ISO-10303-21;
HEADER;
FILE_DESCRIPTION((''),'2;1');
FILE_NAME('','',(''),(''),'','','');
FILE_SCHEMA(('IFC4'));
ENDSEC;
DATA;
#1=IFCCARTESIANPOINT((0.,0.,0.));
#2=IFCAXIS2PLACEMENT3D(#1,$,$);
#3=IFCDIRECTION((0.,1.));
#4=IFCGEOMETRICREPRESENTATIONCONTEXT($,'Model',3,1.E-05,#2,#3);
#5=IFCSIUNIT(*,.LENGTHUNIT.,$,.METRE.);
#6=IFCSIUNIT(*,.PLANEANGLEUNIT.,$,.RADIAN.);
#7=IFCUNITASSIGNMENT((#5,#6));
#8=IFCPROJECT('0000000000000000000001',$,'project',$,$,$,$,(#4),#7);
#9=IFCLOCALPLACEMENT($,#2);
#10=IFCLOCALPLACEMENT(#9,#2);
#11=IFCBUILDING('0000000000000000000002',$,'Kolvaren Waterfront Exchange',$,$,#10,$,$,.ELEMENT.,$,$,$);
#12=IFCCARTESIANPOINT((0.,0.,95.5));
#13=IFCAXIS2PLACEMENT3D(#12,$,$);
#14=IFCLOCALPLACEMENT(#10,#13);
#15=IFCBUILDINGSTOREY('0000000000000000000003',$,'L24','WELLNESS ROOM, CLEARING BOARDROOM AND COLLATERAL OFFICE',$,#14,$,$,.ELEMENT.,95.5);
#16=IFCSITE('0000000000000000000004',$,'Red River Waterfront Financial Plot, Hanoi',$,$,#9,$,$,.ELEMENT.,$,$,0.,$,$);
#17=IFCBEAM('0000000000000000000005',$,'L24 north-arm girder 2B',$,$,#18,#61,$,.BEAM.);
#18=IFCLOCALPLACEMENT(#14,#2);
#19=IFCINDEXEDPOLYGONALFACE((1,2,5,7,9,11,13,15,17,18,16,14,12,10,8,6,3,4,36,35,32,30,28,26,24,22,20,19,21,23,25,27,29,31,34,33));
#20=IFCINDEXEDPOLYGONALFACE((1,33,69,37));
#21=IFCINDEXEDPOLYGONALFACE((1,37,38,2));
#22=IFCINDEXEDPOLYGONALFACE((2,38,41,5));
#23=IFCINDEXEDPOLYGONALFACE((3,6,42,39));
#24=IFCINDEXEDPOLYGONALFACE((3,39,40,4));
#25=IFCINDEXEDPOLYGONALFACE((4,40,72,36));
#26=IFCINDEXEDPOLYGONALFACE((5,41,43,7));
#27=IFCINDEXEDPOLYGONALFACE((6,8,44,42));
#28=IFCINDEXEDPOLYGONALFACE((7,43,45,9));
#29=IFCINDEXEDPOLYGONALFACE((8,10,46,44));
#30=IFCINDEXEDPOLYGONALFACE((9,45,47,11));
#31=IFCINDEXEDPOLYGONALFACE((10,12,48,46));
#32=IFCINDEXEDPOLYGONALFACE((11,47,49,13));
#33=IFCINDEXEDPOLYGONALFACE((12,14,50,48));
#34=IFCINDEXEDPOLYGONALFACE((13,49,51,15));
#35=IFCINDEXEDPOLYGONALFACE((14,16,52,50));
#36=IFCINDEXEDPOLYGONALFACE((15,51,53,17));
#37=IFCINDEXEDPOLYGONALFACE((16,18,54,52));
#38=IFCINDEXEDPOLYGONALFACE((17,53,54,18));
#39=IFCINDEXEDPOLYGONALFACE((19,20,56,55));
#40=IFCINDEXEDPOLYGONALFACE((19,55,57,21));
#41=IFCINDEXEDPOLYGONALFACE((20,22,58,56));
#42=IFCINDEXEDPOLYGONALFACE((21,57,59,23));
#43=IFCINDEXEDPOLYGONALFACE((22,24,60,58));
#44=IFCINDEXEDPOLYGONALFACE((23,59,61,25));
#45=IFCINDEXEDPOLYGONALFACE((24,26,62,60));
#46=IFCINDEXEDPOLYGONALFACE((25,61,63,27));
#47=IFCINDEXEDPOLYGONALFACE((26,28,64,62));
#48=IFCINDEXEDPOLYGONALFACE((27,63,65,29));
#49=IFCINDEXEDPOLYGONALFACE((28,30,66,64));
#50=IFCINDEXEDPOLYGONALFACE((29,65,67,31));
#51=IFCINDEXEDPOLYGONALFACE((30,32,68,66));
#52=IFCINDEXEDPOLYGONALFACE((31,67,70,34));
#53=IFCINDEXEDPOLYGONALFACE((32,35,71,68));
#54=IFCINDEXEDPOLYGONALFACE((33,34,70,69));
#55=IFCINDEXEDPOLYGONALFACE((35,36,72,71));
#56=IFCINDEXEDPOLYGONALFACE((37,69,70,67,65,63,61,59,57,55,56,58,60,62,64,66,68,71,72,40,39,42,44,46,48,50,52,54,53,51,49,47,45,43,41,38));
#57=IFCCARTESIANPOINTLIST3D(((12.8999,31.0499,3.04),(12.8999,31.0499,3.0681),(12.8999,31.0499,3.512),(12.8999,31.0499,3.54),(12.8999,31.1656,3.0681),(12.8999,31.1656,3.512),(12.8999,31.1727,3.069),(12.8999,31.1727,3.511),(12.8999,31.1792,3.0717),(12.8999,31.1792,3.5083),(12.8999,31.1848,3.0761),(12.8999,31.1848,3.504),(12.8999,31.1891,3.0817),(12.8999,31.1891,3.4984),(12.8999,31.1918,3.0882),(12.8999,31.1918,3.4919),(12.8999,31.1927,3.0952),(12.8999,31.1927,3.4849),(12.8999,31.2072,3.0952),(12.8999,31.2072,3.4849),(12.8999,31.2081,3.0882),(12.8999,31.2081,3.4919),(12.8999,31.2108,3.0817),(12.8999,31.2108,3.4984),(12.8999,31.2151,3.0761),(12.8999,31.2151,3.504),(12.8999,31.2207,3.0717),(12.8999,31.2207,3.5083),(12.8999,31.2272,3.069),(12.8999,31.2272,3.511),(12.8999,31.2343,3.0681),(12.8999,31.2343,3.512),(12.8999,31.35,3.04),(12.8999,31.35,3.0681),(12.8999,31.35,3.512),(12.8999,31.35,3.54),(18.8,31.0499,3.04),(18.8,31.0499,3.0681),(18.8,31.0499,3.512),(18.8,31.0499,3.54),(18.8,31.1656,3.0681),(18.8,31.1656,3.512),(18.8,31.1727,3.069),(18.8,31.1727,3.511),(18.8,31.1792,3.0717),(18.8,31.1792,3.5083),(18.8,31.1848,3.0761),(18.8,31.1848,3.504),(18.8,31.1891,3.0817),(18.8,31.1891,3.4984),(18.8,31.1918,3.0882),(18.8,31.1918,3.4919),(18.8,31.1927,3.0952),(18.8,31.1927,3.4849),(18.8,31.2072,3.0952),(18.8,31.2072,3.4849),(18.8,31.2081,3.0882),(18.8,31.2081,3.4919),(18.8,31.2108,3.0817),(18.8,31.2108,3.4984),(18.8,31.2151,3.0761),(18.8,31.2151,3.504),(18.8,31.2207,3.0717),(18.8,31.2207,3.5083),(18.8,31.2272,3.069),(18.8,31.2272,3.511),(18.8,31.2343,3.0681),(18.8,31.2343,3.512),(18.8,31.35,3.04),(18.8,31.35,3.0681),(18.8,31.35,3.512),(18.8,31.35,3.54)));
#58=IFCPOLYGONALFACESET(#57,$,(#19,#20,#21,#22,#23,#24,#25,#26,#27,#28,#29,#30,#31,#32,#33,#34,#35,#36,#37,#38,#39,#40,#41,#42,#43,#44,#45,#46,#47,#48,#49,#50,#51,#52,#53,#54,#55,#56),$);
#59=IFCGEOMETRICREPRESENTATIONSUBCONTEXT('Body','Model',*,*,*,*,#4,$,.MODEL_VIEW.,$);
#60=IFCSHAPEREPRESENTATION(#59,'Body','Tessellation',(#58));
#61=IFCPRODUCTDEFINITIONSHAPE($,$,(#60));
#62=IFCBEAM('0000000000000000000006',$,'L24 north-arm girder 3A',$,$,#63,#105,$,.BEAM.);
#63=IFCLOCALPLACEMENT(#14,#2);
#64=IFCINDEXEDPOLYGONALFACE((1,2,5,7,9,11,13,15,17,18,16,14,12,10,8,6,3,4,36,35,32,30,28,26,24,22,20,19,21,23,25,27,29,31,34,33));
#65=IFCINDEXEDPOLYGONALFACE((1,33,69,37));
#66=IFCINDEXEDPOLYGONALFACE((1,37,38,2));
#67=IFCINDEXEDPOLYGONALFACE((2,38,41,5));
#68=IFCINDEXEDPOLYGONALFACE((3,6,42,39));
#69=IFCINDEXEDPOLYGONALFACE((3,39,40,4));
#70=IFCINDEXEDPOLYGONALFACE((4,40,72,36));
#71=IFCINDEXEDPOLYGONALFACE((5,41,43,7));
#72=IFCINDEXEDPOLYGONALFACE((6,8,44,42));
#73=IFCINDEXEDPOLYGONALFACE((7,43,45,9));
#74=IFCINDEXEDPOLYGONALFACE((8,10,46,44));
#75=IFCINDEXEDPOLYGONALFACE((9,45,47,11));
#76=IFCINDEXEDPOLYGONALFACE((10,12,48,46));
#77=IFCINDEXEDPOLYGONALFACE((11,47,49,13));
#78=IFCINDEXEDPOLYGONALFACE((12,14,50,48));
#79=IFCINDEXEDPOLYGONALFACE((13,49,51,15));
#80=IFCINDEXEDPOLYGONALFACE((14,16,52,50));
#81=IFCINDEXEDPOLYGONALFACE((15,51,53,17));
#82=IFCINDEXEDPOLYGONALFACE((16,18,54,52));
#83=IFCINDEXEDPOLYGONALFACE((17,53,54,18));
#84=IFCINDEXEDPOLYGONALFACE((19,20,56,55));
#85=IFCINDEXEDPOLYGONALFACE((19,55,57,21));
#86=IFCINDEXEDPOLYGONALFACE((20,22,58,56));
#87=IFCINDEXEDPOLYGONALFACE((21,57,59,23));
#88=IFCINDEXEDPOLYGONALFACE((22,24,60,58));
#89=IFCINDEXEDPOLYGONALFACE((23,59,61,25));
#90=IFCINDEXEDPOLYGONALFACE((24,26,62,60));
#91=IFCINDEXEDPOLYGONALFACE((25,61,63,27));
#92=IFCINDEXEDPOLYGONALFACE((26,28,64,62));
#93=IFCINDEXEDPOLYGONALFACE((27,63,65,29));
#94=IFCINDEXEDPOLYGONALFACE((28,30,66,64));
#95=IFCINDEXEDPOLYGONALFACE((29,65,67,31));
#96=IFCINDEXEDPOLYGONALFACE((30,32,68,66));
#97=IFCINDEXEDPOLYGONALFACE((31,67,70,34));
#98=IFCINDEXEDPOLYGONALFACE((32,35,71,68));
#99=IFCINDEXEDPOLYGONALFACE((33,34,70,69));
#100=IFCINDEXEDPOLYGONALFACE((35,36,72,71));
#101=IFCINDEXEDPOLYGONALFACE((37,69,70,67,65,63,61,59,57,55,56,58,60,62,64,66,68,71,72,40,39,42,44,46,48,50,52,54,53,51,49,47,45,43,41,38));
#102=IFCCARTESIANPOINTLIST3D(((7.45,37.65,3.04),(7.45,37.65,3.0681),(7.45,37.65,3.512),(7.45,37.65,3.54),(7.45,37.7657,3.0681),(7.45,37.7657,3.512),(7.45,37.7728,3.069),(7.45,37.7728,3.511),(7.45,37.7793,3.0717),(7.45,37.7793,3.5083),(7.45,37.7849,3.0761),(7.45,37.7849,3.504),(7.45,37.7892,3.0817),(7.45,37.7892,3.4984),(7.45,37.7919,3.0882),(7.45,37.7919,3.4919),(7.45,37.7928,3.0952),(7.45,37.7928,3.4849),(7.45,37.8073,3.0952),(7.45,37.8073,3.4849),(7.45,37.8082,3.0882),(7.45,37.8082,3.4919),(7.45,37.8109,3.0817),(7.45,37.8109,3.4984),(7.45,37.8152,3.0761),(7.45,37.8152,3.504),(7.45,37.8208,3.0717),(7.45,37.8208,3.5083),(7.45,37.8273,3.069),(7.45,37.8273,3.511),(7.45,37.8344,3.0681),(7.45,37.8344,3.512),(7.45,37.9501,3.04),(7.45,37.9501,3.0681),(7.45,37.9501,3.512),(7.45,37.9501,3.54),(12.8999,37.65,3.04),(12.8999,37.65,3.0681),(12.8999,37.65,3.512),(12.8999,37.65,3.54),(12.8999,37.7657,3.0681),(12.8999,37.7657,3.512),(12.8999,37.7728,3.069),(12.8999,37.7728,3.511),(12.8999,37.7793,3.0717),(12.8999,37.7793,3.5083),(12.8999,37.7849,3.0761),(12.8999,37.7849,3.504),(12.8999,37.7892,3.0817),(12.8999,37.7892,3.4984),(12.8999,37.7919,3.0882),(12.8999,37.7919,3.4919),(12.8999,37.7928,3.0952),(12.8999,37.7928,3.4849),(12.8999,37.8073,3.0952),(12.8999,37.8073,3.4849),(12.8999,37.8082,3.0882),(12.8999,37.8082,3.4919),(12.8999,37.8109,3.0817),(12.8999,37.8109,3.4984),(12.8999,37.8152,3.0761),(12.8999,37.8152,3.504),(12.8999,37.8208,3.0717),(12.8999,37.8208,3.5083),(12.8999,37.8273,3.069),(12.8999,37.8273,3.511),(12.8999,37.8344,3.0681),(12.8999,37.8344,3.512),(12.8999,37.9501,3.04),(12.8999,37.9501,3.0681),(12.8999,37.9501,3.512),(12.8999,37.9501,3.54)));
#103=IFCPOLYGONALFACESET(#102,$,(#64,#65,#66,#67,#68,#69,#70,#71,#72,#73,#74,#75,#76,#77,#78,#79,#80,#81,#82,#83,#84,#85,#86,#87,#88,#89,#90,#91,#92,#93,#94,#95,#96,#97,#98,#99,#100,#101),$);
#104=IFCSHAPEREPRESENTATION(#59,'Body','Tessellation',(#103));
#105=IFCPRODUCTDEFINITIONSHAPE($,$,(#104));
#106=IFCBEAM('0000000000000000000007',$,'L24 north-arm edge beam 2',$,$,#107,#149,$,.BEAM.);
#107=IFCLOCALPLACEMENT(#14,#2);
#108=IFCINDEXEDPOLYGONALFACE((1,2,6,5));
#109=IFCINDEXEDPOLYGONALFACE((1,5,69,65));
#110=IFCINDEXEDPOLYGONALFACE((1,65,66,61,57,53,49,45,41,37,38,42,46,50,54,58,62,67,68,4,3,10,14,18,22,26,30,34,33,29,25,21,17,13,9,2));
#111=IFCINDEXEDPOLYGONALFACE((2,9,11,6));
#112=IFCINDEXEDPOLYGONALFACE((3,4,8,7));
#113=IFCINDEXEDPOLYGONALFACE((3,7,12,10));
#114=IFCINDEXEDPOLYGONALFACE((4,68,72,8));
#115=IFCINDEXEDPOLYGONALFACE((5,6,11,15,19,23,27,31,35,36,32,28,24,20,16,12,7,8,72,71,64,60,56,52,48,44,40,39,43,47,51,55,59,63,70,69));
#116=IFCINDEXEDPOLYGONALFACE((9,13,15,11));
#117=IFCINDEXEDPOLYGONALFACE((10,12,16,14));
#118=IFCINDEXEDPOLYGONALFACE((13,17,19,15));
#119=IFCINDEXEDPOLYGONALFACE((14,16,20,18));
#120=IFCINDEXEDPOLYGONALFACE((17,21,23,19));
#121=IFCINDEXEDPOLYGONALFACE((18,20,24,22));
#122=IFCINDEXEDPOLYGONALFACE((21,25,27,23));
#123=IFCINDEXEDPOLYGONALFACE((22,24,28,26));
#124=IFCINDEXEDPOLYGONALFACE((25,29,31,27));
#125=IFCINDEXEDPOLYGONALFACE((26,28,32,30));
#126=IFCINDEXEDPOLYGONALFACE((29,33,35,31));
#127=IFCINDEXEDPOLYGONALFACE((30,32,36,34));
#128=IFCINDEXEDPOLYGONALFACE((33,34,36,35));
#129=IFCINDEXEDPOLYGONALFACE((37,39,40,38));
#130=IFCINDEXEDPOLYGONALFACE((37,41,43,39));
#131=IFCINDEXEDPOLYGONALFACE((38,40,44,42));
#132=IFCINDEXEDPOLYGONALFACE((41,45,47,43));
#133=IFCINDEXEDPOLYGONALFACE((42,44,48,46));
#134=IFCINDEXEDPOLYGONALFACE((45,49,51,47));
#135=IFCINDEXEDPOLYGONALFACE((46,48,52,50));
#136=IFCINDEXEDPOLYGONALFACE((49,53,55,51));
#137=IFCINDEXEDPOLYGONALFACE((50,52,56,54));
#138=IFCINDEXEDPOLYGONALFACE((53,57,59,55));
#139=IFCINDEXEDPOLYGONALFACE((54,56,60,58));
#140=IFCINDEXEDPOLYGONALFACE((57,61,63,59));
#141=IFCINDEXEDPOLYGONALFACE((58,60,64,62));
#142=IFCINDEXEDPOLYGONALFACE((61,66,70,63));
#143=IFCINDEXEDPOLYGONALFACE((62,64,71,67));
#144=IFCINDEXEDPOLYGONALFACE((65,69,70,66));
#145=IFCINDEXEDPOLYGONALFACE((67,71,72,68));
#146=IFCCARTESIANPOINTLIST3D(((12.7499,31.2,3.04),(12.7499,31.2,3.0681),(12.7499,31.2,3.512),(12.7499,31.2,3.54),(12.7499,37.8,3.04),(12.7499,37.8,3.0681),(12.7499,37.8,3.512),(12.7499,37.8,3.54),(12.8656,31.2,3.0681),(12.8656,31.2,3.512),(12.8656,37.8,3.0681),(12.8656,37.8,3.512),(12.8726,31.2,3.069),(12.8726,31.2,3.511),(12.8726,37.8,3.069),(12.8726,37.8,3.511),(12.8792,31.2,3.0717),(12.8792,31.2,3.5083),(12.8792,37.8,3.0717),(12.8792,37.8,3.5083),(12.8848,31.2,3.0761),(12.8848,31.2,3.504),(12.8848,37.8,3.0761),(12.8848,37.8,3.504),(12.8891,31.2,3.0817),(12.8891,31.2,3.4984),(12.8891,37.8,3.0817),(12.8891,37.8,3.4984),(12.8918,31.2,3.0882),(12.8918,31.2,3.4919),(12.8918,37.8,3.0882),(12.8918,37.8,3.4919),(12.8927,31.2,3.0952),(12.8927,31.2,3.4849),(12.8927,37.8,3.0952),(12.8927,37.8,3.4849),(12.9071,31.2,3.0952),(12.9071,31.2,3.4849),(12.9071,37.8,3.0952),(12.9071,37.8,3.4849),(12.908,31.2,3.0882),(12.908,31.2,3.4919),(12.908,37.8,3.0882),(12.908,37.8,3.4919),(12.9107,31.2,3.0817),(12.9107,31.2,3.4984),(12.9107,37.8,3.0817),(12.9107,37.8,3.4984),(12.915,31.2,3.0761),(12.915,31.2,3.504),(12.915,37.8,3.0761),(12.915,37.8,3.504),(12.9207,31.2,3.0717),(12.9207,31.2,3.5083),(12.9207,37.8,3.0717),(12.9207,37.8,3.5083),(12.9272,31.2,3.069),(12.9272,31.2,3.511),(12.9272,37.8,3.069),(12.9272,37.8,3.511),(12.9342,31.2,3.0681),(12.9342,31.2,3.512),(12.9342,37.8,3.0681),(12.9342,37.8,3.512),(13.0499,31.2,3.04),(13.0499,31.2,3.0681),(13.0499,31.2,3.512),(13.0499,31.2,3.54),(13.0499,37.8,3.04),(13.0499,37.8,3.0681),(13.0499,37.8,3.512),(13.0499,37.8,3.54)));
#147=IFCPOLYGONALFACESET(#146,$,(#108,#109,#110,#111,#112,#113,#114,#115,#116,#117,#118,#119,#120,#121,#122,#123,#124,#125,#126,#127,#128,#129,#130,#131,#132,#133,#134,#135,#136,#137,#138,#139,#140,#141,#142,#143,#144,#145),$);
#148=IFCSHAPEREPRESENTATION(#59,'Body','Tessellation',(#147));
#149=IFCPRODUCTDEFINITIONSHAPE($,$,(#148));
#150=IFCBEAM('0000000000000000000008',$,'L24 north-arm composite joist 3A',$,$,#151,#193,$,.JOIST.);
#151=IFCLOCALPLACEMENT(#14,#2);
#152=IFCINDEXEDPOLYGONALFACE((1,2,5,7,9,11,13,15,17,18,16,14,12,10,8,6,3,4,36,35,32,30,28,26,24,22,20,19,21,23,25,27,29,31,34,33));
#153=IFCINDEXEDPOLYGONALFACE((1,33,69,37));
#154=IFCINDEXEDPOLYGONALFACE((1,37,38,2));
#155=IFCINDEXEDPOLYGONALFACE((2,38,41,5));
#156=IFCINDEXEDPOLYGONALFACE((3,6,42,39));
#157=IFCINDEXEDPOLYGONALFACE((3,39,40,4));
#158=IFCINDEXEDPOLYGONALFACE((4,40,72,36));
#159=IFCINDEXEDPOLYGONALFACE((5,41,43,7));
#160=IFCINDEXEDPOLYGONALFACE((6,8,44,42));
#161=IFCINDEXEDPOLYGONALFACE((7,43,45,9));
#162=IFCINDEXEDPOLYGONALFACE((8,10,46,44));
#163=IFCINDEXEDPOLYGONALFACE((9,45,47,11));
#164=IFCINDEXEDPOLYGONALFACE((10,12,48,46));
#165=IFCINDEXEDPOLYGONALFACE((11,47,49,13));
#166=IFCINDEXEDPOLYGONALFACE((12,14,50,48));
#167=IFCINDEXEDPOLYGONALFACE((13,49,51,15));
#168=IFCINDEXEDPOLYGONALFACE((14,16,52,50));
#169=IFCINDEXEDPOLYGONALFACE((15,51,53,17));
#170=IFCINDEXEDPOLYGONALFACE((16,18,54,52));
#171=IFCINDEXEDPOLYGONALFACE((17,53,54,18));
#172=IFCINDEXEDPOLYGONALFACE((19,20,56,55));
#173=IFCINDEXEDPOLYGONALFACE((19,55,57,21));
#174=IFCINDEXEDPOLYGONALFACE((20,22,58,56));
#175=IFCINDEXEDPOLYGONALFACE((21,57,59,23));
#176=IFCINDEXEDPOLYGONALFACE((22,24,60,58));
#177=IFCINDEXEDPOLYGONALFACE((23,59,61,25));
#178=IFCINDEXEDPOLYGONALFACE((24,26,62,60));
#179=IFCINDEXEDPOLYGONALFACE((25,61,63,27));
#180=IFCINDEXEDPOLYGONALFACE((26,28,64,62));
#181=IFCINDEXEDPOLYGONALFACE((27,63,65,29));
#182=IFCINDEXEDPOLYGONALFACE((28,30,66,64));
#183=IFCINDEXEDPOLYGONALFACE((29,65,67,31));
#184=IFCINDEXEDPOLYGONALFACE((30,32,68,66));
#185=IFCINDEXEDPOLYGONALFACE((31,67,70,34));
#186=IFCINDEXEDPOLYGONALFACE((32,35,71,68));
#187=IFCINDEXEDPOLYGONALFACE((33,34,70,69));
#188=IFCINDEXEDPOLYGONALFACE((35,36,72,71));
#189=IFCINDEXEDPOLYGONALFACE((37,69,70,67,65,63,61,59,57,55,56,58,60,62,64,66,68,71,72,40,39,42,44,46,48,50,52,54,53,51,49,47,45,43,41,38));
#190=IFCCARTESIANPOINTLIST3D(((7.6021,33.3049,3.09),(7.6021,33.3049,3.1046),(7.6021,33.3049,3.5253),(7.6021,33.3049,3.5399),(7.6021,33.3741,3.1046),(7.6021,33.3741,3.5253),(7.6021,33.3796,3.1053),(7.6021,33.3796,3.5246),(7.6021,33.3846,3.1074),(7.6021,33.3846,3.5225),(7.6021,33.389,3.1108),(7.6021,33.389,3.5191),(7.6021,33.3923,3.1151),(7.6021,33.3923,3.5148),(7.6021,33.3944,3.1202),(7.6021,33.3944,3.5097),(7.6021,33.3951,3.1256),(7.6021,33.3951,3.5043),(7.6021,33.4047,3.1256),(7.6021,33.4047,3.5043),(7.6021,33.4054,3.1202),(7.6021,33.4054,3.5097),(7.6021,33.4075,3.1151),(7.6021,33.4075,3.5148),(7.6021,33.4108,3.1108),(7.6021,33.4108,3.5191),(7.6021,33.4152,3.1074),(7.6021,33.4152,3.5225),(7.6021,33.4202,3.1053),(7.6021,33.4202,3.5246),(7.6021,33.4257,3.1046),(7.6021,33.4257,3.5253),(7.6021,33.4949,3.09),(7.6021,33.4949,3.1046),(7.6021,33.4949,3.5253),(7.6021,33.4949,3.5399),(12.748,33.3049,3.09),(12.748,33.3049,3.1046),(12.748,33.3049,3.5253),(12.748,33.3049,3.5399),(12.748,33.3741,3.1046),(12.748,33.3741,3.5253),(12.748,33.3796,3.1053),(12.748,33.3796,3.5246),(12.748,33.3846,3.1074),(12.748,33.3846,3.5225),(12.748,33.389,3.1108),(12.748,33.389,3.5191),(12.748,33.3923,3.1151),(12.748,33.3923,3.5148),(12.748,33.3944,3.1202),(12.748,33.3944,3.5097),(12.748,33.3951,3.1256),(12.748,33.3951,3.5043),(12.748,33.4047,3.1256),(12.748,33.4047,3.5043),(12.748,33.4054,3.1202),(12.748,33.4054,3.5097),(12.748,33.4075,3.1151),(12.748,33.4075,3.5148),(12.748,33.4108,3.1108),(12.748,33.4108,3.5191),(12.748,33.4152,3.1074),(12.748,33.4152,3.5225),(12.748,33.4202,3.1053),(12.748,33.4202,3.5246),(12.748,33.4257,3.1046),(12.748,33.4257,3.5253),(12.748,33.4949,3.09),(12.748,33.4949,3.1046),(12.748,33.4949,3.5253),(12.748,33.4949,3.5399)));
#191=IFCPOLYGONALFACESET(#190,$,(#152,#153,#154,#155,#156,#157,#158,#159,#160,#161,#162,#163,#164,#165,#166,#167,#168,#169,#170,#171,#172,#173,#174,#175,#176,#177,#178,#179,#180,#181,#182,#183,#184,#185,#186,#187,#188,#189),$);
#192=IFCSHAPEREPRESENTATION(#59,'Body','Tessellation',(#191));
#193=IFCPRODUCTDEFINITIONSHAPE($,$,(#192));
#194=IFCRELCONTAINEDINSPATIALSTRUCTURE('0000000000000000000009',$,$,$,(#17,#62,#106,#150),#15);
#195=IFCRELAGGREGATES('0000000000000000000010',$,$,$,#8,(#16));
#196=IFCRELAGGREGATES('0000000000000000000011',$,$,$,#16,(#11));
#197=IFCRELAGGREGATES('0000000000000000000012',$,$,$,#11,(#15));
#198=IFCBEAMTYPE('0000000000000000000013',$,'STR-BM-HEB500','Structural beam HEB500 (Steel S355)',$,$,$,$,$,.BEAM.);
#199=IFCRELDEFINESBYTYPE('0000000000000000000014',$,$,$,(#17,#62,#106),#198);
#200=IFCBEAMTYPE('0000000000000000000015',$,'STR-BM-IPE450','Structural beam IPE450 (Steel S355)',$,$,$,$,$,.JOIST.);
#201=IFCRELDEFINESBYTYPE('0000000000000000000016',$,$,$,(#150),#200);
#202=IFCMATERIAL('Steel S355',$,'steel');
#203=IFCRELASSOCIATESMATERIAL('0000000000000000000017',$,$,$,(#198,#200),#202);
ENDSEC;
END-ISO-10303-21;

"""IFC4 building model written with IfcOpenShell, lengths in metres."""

from ifc_helpers import new_model, si_unit, direction, frame, origin, origin_2d, place, context, subcontext, project, spatial, i_section, extrude, material, material_profile, profile_set, type_object, element, save


model = new_model("IFC4")

# Units and contexts
model_context = context("Model", 3, precision=1e-05, world=origin(), true_north=direction((0.0, 1.0)))
body_context = subcontext(model_context, "Body", "Model", "MODEL_VIEW")
ifc_project = project(units=[si_unit("LENGTHUNIT", "METRE"), si_unit("PLANEANGLEUNIT", "RADIAN")], contexts=[model_context])

# Site, building, storey
site_placement = place(None, origin())
site = spatial("IfcSite", under=ifc_project, at=site_placement, Name="Red River Waterfront Financial Plot, Hanoi", CompositionType="ELEMENT", RefElevation=0.0)
building_placement = place(site_placement, origin())
building = spatial("IfcBuilding", under=site, at=building_placement, Name="Kolvaren Waterfront Exchange", CompositionType="ELEMENT")
storey_placement = place(building_placement, frame((0.0, 0.0, 95.5)))
storey = spatial("IfcBuildingStorey", under=building, at=storey_placement, Name="L24", Description="WELLNESS ROOM, CLEARING BOARDROOM AND COLLATERAL OFFICE", CompositionType="ELEMENT", Elevation=95.5)

# Beams
ifc_material_1 = material(Name="Steel S355", Category="steel")
ifc_material_profile_1 = material_profile(ifc_material_1, i_section(OverallWidth=0.3, OverallDepth=0.5, WebThickness=0.0144, FlangeThickness=0.0281, FilletRadius=0.0271, at=origin_2d()), Name="HEB500")
ifc_profile_set_1 = profile_set([ifc_material_profile_1], Name="Steel S355")
beam_type_1 = type_object("IfcBeamType", Name="STR-BM-HEB500", Description="Structural beam HEB500 (Steel S355)", PredefinedType="BEAM", material=ifc_profile_set_1)
beam_1_placement = place(storey_placement, frame((12.8999, 31.2, 3.29), z_axis=(1.0, 0.0, 0.0), x_axis=(0.0, 1.0, 0.0)))
element("IfcBeam", 1, at=beam_1_placement, inside=storey, type_object=beam_type_1, Name="L24 north-arm girder 2B", PredefinedType="BEAM", context=body_context, shape_type="SweptSolid", body=[
    extrude(i_section(OverallWidth=0.3, OverallDepth=0.5, WebThickness=0.0144, FlangeThickness=0.0281, FilletRadius=0.0271, at=origin_2d()), origin(), (0.0, 0.0, 1.0), 5.9001),
])
beam_2_placement = place(storey_placement, frame((7.45, 37.8, 3.29), z_axis=(1.0, 0.0, 0.0), x_axis=(0.0, 1.0, 0.0)))
element("IfcBeam", 2, at=beam_2_placement, inside=storey, type_object=beam_type_1, Name="L24 north-arm girder 3A", PredefinedType="BEAM", context=body_context, shape_type="SweptSolid", body=[
    extrude(i_section(OverallWidth=0.3, OverallDepth=0.5, WebThickness=0.0144, FlangeThickness=0.0281, FilletRadius=0.0271, at=origin_2d()), origin(), (0.0, 0.0, 1.0), 5.45),
])
beam_3_placement = place(storey_placement, frame((12.8999, 31.2, 3.29), z_axis=(0.0, 1.0, 0.0), x_axis=(-1.0, 0.0, 0.0)))
element("IfcBeam", 3, at=beam_3_placement, inside=storey, type_object=beam_type_1, Name="L24 north-arm edge beam 2", PredefinedType="BEAM", context=body_context, shape_type="SweptSolid", body=[
    extrude(i_section(OverallWidth=0.3, OverallDepth=0.5, WebThickness=0.0144, FlangeThickness=0.0281, FilletRadius=0.0271, at=origin_2d()), origin(), (0.0, 0.0, 1.0), 6.6001),
])
ifc_material_profile_2 = material_profile(ifc_material_1, i_section(OverallWidth=0.1899, OverallDepth=0.45, WebThickness=0.0095, FlangeThickness=0.0146, FilletRadius=0.021, at=origin_2d()), Name="IPE450")
ifc_profile_set_2 = profile_set([ifc_material_profile_2], Name="Steel S355")
beam_type_2 = type_object("IfcBeamType", Name="STR-BM-IPE450", Description="Structural beam IPE450 (Steel S355)", PredefinedType="JOIST", material=ifc_profile_set_2)
beam_4_placement = place(storey_placement, frame((7.6021, 33.3999, 3.3149), z_axis=(1.0, 0.0, 0.0), x_axis=(0.0, 1.0, 0.0)))
element("IfcBeam", 4, at=beam_4_placement, inside=storey, type_object=beam_type_2, Name="L24 north-arm composite joist 3A", PredefinedType="JOIST", context=body_context, shape_type="SweptSolid", body=[
    extrude(i_section(OverallWidth=0.1899, OverallDepth=0.45, WebThickness=0.0095, FlangeThickness=0.0146, FilletRadius=0.021, at=origin_2d()), origin(), (0.0, 0.0, 1.0), 5.146),
])

save(model, "model.ifc")
